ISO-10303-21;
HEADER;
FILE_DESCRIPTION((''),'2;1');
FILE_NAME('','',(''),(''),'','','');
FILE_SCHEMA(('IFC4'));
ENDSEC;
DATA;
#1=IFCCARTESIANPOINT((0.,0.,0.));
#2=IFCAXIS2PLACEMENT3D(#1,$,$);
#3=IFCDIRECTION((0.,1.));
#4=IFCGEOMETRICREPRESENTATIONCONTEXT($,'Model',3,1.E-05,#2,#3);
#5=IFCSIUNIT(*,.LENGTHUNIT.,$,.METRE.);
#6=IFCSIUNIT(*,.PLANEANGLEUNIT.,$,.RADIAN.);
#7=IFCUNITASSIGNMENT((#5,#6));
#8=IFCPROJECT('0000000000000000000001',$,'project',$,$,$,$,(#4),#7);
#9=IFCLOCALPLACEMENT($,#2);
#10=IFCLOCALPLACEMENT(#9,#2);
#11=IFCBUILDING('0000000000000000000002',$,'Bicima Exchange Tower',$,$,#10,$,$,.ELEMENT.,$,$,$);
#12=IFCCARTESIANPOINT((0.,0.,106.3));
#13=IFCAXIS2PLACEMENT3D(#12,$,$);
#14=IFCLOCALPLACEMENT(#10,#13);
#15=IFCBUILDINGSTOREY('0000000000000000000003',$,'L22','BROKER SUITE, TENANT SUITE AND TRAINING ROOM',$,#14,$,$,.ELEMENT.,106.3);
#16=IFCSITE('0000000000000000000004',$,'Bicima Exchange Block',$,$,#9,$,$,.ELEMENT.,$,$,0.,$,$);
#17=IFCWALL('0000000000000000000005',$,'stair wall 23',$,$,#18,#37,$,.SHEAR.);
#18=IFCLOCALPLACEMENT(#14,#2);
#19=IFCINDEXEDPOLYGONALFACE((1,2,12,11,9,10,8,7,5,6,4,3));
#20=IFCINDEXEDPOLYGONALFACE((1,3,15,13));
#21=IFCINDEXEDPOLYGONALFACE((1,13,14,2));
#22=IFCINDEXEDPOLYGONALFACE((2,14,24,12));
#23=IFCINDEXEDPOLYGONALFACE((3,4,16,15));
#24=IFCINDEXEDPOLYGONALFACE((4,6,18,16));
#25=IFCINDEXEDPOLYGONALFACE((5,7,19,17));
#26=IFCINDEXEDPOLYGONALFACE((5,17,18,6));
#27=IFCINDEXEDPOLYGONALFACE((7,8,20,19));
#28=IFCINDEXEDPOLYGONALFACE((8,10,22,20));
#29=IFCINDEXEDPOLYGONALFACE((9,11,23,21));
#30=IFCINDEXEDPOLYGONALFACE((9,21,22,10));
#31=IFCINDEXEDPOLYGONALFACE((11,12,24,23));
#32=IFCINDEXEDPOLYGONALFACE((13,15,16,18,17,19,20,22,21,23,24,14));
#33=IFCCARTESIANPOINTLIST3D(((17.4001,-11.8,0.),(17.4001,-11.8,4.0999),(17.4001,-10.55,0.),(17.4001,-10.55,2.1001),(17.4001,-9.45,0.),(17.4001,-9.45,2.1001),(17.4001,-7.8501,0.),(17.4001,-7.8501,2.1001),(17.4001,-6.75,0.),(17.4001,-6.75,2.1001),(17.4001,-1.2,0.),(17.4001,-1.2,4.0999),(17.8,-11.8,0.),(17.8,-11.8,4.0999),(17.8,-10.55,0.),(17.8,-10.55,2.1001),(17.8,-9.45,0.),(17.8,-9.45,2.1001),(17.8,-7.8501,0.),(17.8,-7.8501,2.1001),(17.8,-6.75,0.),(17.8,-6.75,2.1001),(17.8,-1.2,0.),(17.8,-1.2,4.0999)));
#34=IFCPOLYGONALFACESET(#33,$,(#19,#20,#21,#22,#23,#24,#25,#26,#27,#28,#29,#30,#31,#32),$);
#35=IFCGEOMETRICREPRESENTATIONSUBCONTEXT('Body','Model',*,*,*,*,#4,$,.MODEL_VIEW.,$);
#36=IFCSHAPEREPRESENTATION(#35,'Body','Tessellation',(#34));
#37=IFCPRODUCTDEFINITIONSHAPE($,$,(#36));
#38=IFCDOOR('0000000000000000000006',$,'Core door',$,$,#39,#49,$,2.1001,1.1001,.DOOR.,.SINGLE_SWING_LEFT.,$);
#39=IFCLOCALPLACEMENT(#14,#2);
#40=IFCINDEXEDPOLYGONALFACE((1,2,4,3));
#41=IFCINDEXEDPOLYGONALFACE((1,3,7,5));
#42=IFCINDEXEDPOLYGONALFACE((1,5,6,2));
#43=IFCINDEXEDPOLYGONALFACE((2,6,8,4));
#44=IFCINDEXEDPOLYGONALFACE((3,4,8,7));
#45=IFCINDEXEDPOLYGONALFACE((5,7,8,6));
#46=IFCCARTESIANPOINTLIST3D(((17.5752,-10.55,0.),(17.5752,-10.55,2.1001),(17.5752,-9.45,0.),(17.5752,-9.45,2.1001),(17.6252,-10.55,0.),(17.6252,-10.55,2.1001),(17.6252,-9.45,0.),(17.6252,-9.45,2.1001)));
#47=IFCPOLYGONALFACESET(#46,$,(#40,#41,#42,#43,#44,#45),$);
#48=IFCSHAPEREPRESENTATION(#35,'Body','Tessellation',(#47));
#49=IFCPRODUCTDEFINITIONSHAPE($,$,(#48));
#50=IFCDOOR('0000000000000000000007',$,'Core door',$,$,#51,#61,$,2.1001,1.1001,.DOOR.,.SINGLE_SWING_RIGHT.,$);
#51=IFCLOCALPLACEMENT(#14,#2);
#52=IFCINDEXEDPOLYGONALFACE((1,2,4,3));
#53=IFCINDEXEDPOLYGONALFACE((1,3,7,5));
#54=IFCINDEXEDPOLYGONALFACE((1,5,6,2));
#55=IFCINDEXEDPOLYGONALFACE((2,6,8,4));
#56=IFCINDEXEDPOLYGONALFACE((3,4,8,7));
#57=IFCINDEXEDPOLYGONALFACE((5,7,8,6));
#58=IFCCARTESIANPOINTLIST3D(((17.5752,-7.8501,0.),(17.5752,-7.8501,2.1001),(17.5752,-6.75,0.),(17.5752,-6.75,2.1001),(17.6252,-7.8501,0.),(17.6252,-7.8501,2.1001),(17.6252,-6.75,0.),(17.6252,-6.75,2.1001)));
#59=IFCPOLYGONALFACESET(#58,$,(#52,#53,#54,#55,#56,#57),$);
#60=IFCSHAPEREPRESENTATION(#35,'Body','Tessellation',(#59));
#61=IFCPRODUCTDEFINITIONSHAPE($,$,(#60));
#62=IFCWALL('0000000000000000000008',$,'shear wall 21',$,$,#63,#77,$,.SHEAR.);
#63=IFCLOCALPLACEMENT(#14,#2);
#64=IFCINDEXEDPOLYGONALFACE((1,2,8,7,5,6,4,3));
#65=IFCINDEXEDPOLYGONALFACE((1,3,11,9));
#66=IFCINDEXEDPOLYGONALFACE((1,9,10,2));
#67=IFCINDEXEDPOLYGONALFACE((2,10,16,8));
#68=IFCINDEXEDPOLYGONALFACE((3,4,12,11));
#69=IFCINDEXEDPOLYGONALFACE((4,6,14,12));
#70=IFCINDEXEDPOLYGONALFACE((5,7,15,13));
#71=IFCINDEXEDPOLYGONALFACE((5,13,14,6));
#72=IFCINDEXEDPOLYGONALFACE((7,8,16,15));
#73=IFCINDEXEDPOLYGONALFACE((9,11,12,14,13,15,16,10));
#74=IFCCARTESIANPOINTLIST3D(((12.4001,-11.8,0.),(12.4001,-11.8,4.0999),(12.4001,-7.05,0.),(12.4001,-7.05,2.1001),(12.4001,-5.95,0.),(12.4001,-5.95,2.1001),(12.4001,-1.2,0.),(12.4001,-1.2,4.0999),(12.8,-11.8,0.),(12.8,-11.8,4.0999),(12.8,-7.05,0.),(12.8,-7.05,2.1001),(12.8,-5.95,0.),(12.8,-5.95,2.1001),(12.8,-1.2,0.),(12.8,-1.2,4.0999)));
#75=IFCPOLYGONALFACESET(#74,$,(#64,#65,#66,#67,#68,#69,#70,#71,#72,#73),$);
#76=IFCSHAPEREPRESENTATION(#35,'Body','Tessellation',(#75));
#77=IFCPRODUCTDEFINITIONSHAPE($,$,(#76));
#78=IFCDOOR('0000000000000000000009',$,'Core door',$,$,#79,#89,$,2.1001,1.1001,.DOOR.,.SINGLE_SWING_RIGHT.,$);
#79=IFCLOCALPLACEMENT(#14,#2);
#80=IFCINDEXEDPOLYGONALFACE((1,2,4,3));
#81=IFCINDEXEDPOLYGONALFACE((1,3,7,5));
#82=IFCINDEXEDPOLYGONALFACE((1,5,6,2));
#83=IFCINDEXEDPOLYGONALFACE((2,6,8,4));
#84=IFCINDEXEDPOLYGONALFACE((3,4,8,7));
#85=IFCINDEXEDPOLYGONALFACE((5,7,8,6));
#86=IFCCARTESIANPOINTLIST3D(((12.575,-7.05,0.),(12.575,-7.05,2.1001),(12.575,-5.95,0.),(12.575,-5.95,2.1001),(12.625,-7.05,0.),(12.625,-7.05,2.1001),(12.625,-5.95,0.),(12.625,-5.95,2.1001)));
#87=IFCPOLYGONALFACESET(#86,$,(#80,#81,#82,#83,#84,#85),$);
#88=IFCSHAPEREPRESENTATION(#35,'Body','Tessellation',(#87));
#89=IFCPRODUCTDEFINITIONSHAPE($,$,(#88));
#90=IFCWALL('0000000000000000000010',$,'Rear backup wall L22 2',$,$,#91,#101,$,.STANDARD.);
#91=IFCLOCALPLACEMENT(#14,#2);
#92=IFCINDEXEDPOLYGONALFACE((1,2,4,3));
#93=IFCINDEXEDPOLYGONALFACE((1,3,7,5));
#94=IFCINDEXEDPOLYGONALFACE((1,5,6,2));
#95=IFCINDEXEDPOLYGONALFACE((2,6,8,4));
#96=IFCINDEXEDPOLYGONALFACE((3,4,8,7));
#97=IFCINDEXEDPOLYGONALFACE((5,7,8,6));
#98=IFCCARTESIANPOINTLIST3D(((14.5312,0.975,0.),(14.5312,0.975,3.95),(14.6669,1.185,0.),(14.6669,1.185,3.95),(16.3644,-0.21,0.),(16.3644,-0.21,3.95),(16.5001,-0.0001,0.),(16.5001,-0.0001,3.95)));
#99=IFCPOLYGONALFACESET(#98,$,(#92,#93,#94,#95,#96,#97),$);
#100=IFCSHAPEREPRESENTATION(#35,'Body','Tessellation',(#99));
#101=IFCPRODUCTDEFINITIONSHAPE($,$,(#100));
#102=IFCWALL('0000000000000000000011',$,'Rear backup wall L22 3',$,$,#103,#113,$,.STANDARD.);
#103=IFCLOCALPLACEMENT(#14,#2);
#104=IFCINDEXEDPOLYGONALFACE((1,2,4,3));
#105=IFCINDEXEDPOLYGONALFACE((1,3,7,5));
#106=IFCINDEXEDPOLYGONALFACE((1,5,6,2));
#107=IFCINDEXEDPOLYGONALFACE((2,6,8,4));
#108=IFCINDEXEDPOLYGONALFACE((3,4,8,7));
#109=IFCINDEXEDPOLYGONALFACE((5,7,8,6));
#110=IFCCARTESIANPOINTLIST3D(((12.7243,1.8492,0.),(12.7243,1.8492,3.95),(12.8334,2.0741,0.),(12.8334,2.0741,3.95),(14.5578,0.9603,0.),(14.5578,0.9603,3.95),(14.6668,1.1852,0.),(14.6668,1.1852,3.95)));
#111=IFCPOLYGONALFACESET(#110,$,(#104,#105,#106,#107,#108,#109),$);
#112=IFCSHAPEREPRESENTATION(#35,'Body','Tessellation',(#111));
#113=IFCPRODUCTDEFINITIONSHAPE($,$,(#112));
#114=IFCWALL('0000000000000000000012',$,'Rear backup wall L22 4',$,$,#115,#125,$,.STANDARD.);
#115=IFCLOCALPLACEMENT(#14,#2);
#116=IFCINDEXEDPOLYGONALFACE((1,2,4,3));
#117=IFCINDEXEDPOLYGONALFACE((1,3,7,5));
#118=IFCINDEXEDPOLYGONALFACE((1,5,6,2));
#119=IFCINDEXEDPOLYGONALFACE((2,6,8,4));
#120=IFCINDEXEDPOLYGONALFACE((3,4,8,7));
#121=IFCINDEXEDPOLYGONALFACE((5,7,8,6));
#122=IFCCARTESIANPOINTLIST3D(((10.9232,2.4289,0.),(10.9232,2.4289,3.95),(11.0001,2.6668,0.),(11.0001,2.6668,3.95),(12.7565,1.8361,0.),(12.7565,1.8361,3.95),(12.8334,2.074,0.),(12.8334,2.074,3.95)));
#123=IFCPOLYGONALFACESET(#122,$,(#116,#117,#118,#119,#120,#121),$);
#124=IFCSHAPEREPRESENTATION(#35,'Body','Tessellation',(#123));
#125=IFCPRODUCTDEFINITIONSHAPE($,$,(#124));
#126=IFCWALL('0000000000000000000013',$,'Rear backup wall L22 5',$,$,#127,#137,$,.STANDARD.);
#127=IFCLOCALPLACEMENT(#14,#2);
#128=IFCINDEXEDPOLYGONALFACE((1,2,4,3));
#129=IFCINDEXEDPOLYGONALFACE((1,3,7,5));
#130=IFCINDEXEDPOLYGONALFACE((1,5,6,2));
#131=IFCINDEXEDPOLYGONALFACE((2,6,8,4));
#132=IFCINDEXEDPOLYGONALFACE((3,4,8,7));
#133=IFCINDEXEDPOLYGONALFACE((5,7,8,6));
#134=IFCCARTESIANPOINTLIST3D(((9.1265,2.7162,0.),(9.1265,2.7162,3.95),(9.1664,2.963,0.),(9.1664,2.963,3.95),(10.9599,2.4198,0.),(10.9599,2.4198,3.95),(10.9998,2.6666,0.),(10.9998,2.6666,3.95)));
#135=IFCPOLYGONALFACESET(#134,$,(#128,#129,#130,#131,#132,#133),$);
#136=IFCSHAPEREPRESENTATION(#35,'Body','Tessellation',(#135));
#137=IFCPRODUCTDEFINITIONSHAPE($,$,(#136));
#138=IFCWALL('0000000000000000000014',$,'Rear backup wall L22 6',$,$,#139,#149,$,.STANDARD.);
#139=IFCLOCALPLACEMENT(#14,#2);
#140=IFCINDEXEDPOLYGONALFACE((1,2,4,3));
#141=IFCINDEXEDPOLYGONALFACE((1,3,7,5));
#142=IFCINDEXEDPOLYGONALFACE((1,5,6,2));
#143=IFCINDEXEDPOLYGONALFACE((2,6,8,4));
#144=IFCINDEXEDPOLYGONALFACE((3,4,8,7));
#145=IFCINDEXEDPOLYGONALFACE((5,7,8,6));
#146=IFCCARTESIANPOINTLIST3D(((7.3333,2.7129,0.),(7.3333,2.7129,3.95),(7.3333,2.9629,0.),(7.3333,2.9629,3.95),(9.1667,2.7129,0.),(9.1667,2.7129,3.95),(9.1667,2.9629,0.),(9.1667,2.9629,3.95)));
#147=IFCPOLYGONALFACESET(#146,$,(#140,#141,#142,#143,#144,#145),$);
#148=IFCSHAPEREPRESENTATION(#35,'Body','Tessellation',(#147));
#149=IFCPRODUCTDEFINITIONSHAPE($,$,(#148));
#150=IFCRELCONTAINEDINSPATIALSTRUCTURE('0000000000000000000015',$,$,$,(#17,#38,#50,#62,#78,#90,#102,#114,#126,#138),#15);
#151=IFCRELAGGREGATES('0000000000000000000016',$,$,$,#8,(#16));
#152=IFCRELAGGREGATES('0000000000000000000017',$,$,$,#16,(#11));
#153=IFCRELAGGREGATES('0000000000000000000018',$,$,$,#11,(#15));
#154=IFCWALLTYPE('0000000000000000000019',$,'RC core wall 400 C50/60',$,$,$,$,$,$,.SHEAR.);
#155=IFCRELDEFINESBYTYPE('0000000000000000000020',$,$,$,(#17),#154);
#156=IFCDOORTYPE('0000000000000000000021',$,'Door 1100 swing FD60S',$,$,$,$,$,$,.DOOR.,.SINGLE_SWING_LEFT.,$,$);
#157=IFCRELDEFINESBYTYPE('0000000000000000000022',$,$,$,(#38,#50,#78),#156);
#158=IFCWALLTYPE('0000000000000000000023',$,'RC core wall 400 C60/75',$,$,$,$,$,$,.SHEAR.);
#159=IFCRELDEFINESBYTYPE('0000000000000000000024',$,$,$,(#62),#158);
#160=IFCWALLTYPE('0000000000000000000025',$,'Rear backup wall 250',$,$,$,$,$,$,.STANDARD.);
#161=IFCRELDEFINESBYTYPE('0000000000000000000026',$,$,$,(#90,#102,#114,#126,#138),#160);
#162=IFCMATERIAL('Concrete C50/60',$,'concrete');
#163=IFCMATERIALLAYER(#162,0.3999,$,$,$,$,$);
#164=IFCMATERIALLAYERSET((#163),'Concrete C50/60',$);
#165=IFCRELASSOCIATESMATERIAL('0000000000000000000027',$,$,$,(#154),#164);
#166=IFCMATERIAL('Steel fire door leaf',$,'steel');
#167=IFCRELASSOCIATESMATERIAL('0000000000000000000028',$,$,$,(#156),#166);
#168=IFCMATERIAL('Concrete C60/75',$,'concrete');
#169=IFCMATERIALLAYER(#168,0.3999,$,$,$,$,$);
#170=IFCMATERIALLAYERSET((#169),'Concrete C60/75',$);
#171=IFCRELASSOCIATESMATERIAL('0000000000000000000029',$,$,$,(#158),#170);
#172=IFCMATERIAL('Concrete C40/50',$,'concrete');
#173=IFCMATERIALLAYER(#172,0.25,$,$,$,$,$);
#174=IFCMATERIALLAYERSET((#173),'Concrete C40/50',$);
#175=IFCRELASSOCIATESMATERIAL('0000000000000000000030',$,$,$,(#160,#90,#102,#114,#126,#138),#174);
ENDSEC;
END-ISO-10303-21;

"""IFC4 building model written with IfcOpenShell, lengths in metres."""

from ifc_helpers import new_model, si_unit, direction, frame, frame_2d, origin, place, context, subcontext, project, spatial, rectangle, extrude, material, layer, layer_set, layer_usage, type_object, element, fill, save


model = new_model("IFC4")

# Units and contexts
model_context = context("Model", 3, precision=1e-05, world=origin(), true_north=direction((0.0, 1.0)))
body_context = subcontext(model_context, "Body", "Model", "MODEL_VIEW")
ifc_project = project(units=[si_unit("LENGTHUNIT", "METRE"), si_unit("PLANEANGLEUNIT", "RADIAN")], contexts=[model_context])

# Site, building, storey
site_placement = place(None, origin())
site = spatial("IfcSite", under=ifc_project, at=site_placement, Name="Bicima Exchange Block", CompositionType="ELEMENT", RefElevation=0.0)
building_placement = place(site_placement, origin())
building = spatial("IfcBuilding", under=site, at=building_placement, Name="Bicima Exchange Tower", CompositionType="ELEMENT")
storey_placement = place(building_placement, frame((0.0, 0.0, 106.3)))
storey = spatial("IfcBuildingStorey", under=building, at=storey_placement, Name="L22", Description="BROKER SUITE, TENANT SUITE AND TRAINING ROOM", CompositionType="ELEMENT", Elevation=106.3)

# Shared definitions
ifc_material_1 = material(Name="Concrete C50/60", Category="concrete")
ifc_layer_1 = layer(ifc_material_1, 0.3999)
ifc_layer_set_1 = layer_set([ifc_layer_1], Name="Concrete C50/60")
wall_type_1 = type_object("IfcWallType", Name="RC core wall 400 C50/60", PredefinedType="SHEAR", material=ifc_layer_set_1)
ifc_material_2 = material(Name="Steel fire door leaf", Category="steel")

# Wall, openings, doors
wall_1_placement = place(storey_placement, frame((17.6001, -11.8, 0.0), z_axis=(0.0, 0.0, 1.0), x_axis=(0.0, 1.0, 0.0)))
wall_1 = element("IfcWall", 1, at=wall_1_placement, inside=storey, type_object=wall_type_1, Name="stair wall 23", PredefinedType="SHEAR", context=body_context, shape_type="SweptSolid", body=[
    extrude(rectangle(XDim=10.6001, YDim=0.3999, at=frame_2d((5.3, 0.0))), origin(), (0.0, 0.0, 1.0), 4.0999),
])
opening_1_placement = place(wall_1_placement, frame((1.25, 0.0, 0.0)))
opening_1 = element("IfcOpeningElement", 2, at=opening_1_placement, cuts=wall_1, PredefinedType="OPENING", context=body_context, shape_type="SweptSolid", body=[
    extrude(rectangle(XDim=1.1001, YDim=2.1001, at=frame_2d((0.55, 1.05))), frame((0.0, 0.2119, 0.0), z_axis=(0.0, -1.0, 0.0), x_axis=(1.0, 0.0, 0.0)), (0.0, 0.0, 1.0), 0.4238),
])
opening_2_placement = place(wall_1_placement, frame((3.95, 0.0, 0.0)))
opening_2 = element("IfcOpeningElement", 3, at=opening_2_placement, cuts=wall_1, PredefinedType="OPENING", context=body_context, shape_type="SweptSolid", body=[
    extrude(rectangle(XDim=1.1001, YDim=2.1001, at=frame_2d((0.55, 1.05))), frame((0.0, 0.2119, 0.0), z_axis=(0.0, -1.0, 0.0), x_axis=(1.0, 0.0, 0.0)), (0.0, 0.0, 1.0), 0.4238),
])
door_type_1 = type_object("IfcDoorType", Name="Door 1100 swing FD60S", OperationType="SINGLE_SWING_LEFT", PredefinedType="DOOR", material=ifc_material_2)
door_1_placement = place(opening_1_placement, origin())
door_1 = element("IfcDoor", 4, at=door_1_placement, inside=storey, type_object=door_type_1, Name="Core door", OperationType="SINGLE_SWING_LEFT", OverallHeight=2.1001, OverallWidth=1.1001, PredefinedType="DOOR", context=body_context, shape_type="SweptSolid", body=[
    extrude(rectangle(XDim=1.1001, YDim=2.1001, at=frame_2d((0.55, 1.05))), frame((0.0, 0.0249, 0.0), z_axis=(0.0, -1.0, 0.0), x_axis=(1.0, 0.0, 0.0)), (0.0, 0.0, 1.0), 0.05),
])
fill(opening_1, door_1)
door_2_placement = place(opening_2_placement, origin())
door_2 = element("IfcDoor", 5, at=door_2_placement, inside=storey, type_object=door_type_1, Name="Core door", OperationType="SINGLE_SWING_RIGHT", OverallHeight=2.1001, OverallWidth=1.1001, PredefinedType="DOOR", context=body_context, shape_type="SweptSolid", body=[
    extrude(rectangle(XDim=1.1001, YDim=2.1001, at=frame_2d((0.55, 1.05))), frame((0.0, 0.0249, 0.0), z_axis=(0.0, -1.0, 0.0), x_axis=(1.0, 0.0, 0.0)), (0.0, 0.0, 1.0), 0.05),
])
fill(opening_2, door_2)

# Wall, opening, door
ifc_material_3 = material(Name="Concrete C60/75", Category="concrete")
ifc_layer_2 = layer(ifc_material_3, 0.3999)
ifc_layer_set_2 = layer_set([ifc_layer_2], Name="Concrete C60/75")
wall_type_2 = type_object("IfcWallType", Name="RC core wall 400 C60/75", PredefinedType="SHEAR", material=ifc_layer_set_2)
wall_2_placement = place(storey_placement, frame((12.6001, -11.8, 0.0), z_axis=(0.0, 0.0, 1.0), x_axis=(0.0, 1.0, 0.0)))
wall_2 = element("IfcWall", 6, at=wall_2_placement, inside=storey, type_object=wall_type_2, Name="shear wall 21", PredefinedType="SHEAR", context=body_context, shape_type="SweptSolid", body=[
    extrude(rectangle(XDim=10.6001, YDim=0.3999, at=frame_2d((5.3, 0.0))), origin(), (0.0, 0.0, 1.0), 4.0999),
])
opening_3_placement = place(wall_2_placement, frame((4.75, 0.0, 0.0)))
opening_3 = element("IfcOpeningElement", 7, at=opening_3_placement, cuts=wall_2, PredefinedType="OPENING", context=body_context, shape_type="SweptSolid", body=[
    extrude(rectangle(XDim=1.1001, YDim=2.1001, at=frame_2d((0.55, 1.05))), frame((0.0, 0.2119, 0.0), z_axis=(0.0, -1.0, 0.0), x_axis=(1.0, 0.0, 0.0)), (0.0, 0.0, 1.0), 0.4238),
])
door_3_placement = place(opening_3_placement, frame((1.1001, 0.0, 0.0), z_axis=(0.0, 0.0, 1.0), x_axis=(-1.0, 0.0, 0.0)))
door_3 = element("IfcDoor", 8, at=door_3_placement, inside=storey, type_object=door_type_1, Name="Core door", OperationType="SINGLE_SWING_RIGHT", OverallHeight=2.1001, OverallWidth=1.1001, PredefinedType="DOOR", context=body_context, shape_type="SweptSolid", body=[
    extrude(rectangle(XDim=1.1001, YDim=2.1001, at=frame_2d((0.55, 1.05))), frame((0.0, 0.0249, 0.0), z_axis=(0.0, -1.0, 0.0), x_axis=(1.0, 0.0, 0.0)), (0.0, 0.0, 1.0), 0.05),
])
fill(opening_3, door_3)

# Walls
ifc_material_4 = material(Name="Concrete C40/50", Category="concrete")
ifc_layer_3 = layer(ifc_material_4, 0.25)
ifc_layer_set_3 = layer_set([ifc_layer_3], Name="Concrete C40/50")
ifc_layer_usage = layer_usage(ifc_layer_set_3, "AXIS2", "POSITIVE", -0.125)
wall_type_3 = type_object("IfcWallType", Name="Rear backup wall 250", PredefinedType="STANDARD", material=ifc_layer_set_3)
wall_3_placement = place(storey_placement, frame((16.4321, -0.105, 0.0), z_axis=(0.0, 0.0, 1.0), x_axis=(-0.839813, 0.542876, 0.0)))
element("IfcWall", 9, at=wall_3_placement, inside=storey, type_object=wall_type_3, material=ifc_layer_usage, Name="Rear backup wall L22 2", PredefinedType="STANDARD", context=body_context, shape_type="SweptSolid", body=[
    extrude(rectangle(XDim=2.1829, YDim=0.25, at=frame_2d((1.0913, 0.0))), origin(), (0.0, 0.0, 1.0), 3.95),
])
wall_4_placement = place(storey_placement, frame((14.6123, 1.0728, 0.0), z_axis=(0.0, 0.0, 1.0), x_axis=(-0.899824, 0.436253, 0.0)))
element("IfcWall", 10, at=wall_4_placement, inside=storey, type_object=wall_type_3, material=ifc_layer_usage, Name="Rear backup wall L22 3", PredefinedType="STANDARD", context=body_context, shape_type="SweptSolid", body=[
    extrude(rectangle(XDim=2.0376, YDim=0.25, at=frame_2d((1.0188, 0.0))), origin(), (0.0, 0.0, 1.0), 3.95),
])
wall_5_placement = place(storey_placement, frame((12.7949, 1.9551, 0.0), z_axis=(0.0, 0.0, 1.0), x_axis=(-0.951496, 0.307662, 0.0)))
element("IfcWall", 11, at=wall_5_placement, inside=storey, type_object=wall_type_3, material=ifc_layer_usage, Name="Rear backup wall L22 4", PredefinedType="STANDARD", context=body_context, shape_type="SweptSolid", body=[
    extrude(rectangle(XDim=1.9268, YDim=0.25, at=frame_2d((0.9634, 0.0))), origin(), (0.0, 0.0, 1.0), 3.95),
])
wall_6_placement = place(storey_placement, frame((10.98, 2.5432, 0.0), z_axis=(0.0, 0.0, 1.0), x_axis=(-0.987182, 0.1596, 0.0)))
element("IfcWall", 12, at=wall_6_placement, inside=storey, type_object=wall_type_3, material=ifc_layer_usage, Name="Rear backup wall L22 5", PredefinedType="STANDARD", context=body_context, shape_type="SweptSolid", body=[
    extrude(rectangle(XDim=1.8572, YDim=0.25, at=frame_2d((0.9287, 0.0))), origin(), (0.0, 0.0, 1.0), 3.95),
])
wall_7_placement = place(storey_placement, frame((9.1667, 2.8379, 0.0), z_axis=(0.0, 0.0, 1.0), x_axis=(-1.0, 0.0, 0.0)))
element("IfcWall", 13, at=wall_7_placement, inside=storey, type_object=wall_type_3, material=ifc_layer_usage, Name="Rear backup wall L22 6", PredefinedType="STANDARD", context=body_context, shape_type="SweptSolid", body=[
    extrude(rectangle(XDim=1.8335, YDim=0.25, at=frame_2d((0.9167, 0.0))), origin(), (0.0, 0.0, 1.0), 3.95),
])

save(model, "model.ifc")
